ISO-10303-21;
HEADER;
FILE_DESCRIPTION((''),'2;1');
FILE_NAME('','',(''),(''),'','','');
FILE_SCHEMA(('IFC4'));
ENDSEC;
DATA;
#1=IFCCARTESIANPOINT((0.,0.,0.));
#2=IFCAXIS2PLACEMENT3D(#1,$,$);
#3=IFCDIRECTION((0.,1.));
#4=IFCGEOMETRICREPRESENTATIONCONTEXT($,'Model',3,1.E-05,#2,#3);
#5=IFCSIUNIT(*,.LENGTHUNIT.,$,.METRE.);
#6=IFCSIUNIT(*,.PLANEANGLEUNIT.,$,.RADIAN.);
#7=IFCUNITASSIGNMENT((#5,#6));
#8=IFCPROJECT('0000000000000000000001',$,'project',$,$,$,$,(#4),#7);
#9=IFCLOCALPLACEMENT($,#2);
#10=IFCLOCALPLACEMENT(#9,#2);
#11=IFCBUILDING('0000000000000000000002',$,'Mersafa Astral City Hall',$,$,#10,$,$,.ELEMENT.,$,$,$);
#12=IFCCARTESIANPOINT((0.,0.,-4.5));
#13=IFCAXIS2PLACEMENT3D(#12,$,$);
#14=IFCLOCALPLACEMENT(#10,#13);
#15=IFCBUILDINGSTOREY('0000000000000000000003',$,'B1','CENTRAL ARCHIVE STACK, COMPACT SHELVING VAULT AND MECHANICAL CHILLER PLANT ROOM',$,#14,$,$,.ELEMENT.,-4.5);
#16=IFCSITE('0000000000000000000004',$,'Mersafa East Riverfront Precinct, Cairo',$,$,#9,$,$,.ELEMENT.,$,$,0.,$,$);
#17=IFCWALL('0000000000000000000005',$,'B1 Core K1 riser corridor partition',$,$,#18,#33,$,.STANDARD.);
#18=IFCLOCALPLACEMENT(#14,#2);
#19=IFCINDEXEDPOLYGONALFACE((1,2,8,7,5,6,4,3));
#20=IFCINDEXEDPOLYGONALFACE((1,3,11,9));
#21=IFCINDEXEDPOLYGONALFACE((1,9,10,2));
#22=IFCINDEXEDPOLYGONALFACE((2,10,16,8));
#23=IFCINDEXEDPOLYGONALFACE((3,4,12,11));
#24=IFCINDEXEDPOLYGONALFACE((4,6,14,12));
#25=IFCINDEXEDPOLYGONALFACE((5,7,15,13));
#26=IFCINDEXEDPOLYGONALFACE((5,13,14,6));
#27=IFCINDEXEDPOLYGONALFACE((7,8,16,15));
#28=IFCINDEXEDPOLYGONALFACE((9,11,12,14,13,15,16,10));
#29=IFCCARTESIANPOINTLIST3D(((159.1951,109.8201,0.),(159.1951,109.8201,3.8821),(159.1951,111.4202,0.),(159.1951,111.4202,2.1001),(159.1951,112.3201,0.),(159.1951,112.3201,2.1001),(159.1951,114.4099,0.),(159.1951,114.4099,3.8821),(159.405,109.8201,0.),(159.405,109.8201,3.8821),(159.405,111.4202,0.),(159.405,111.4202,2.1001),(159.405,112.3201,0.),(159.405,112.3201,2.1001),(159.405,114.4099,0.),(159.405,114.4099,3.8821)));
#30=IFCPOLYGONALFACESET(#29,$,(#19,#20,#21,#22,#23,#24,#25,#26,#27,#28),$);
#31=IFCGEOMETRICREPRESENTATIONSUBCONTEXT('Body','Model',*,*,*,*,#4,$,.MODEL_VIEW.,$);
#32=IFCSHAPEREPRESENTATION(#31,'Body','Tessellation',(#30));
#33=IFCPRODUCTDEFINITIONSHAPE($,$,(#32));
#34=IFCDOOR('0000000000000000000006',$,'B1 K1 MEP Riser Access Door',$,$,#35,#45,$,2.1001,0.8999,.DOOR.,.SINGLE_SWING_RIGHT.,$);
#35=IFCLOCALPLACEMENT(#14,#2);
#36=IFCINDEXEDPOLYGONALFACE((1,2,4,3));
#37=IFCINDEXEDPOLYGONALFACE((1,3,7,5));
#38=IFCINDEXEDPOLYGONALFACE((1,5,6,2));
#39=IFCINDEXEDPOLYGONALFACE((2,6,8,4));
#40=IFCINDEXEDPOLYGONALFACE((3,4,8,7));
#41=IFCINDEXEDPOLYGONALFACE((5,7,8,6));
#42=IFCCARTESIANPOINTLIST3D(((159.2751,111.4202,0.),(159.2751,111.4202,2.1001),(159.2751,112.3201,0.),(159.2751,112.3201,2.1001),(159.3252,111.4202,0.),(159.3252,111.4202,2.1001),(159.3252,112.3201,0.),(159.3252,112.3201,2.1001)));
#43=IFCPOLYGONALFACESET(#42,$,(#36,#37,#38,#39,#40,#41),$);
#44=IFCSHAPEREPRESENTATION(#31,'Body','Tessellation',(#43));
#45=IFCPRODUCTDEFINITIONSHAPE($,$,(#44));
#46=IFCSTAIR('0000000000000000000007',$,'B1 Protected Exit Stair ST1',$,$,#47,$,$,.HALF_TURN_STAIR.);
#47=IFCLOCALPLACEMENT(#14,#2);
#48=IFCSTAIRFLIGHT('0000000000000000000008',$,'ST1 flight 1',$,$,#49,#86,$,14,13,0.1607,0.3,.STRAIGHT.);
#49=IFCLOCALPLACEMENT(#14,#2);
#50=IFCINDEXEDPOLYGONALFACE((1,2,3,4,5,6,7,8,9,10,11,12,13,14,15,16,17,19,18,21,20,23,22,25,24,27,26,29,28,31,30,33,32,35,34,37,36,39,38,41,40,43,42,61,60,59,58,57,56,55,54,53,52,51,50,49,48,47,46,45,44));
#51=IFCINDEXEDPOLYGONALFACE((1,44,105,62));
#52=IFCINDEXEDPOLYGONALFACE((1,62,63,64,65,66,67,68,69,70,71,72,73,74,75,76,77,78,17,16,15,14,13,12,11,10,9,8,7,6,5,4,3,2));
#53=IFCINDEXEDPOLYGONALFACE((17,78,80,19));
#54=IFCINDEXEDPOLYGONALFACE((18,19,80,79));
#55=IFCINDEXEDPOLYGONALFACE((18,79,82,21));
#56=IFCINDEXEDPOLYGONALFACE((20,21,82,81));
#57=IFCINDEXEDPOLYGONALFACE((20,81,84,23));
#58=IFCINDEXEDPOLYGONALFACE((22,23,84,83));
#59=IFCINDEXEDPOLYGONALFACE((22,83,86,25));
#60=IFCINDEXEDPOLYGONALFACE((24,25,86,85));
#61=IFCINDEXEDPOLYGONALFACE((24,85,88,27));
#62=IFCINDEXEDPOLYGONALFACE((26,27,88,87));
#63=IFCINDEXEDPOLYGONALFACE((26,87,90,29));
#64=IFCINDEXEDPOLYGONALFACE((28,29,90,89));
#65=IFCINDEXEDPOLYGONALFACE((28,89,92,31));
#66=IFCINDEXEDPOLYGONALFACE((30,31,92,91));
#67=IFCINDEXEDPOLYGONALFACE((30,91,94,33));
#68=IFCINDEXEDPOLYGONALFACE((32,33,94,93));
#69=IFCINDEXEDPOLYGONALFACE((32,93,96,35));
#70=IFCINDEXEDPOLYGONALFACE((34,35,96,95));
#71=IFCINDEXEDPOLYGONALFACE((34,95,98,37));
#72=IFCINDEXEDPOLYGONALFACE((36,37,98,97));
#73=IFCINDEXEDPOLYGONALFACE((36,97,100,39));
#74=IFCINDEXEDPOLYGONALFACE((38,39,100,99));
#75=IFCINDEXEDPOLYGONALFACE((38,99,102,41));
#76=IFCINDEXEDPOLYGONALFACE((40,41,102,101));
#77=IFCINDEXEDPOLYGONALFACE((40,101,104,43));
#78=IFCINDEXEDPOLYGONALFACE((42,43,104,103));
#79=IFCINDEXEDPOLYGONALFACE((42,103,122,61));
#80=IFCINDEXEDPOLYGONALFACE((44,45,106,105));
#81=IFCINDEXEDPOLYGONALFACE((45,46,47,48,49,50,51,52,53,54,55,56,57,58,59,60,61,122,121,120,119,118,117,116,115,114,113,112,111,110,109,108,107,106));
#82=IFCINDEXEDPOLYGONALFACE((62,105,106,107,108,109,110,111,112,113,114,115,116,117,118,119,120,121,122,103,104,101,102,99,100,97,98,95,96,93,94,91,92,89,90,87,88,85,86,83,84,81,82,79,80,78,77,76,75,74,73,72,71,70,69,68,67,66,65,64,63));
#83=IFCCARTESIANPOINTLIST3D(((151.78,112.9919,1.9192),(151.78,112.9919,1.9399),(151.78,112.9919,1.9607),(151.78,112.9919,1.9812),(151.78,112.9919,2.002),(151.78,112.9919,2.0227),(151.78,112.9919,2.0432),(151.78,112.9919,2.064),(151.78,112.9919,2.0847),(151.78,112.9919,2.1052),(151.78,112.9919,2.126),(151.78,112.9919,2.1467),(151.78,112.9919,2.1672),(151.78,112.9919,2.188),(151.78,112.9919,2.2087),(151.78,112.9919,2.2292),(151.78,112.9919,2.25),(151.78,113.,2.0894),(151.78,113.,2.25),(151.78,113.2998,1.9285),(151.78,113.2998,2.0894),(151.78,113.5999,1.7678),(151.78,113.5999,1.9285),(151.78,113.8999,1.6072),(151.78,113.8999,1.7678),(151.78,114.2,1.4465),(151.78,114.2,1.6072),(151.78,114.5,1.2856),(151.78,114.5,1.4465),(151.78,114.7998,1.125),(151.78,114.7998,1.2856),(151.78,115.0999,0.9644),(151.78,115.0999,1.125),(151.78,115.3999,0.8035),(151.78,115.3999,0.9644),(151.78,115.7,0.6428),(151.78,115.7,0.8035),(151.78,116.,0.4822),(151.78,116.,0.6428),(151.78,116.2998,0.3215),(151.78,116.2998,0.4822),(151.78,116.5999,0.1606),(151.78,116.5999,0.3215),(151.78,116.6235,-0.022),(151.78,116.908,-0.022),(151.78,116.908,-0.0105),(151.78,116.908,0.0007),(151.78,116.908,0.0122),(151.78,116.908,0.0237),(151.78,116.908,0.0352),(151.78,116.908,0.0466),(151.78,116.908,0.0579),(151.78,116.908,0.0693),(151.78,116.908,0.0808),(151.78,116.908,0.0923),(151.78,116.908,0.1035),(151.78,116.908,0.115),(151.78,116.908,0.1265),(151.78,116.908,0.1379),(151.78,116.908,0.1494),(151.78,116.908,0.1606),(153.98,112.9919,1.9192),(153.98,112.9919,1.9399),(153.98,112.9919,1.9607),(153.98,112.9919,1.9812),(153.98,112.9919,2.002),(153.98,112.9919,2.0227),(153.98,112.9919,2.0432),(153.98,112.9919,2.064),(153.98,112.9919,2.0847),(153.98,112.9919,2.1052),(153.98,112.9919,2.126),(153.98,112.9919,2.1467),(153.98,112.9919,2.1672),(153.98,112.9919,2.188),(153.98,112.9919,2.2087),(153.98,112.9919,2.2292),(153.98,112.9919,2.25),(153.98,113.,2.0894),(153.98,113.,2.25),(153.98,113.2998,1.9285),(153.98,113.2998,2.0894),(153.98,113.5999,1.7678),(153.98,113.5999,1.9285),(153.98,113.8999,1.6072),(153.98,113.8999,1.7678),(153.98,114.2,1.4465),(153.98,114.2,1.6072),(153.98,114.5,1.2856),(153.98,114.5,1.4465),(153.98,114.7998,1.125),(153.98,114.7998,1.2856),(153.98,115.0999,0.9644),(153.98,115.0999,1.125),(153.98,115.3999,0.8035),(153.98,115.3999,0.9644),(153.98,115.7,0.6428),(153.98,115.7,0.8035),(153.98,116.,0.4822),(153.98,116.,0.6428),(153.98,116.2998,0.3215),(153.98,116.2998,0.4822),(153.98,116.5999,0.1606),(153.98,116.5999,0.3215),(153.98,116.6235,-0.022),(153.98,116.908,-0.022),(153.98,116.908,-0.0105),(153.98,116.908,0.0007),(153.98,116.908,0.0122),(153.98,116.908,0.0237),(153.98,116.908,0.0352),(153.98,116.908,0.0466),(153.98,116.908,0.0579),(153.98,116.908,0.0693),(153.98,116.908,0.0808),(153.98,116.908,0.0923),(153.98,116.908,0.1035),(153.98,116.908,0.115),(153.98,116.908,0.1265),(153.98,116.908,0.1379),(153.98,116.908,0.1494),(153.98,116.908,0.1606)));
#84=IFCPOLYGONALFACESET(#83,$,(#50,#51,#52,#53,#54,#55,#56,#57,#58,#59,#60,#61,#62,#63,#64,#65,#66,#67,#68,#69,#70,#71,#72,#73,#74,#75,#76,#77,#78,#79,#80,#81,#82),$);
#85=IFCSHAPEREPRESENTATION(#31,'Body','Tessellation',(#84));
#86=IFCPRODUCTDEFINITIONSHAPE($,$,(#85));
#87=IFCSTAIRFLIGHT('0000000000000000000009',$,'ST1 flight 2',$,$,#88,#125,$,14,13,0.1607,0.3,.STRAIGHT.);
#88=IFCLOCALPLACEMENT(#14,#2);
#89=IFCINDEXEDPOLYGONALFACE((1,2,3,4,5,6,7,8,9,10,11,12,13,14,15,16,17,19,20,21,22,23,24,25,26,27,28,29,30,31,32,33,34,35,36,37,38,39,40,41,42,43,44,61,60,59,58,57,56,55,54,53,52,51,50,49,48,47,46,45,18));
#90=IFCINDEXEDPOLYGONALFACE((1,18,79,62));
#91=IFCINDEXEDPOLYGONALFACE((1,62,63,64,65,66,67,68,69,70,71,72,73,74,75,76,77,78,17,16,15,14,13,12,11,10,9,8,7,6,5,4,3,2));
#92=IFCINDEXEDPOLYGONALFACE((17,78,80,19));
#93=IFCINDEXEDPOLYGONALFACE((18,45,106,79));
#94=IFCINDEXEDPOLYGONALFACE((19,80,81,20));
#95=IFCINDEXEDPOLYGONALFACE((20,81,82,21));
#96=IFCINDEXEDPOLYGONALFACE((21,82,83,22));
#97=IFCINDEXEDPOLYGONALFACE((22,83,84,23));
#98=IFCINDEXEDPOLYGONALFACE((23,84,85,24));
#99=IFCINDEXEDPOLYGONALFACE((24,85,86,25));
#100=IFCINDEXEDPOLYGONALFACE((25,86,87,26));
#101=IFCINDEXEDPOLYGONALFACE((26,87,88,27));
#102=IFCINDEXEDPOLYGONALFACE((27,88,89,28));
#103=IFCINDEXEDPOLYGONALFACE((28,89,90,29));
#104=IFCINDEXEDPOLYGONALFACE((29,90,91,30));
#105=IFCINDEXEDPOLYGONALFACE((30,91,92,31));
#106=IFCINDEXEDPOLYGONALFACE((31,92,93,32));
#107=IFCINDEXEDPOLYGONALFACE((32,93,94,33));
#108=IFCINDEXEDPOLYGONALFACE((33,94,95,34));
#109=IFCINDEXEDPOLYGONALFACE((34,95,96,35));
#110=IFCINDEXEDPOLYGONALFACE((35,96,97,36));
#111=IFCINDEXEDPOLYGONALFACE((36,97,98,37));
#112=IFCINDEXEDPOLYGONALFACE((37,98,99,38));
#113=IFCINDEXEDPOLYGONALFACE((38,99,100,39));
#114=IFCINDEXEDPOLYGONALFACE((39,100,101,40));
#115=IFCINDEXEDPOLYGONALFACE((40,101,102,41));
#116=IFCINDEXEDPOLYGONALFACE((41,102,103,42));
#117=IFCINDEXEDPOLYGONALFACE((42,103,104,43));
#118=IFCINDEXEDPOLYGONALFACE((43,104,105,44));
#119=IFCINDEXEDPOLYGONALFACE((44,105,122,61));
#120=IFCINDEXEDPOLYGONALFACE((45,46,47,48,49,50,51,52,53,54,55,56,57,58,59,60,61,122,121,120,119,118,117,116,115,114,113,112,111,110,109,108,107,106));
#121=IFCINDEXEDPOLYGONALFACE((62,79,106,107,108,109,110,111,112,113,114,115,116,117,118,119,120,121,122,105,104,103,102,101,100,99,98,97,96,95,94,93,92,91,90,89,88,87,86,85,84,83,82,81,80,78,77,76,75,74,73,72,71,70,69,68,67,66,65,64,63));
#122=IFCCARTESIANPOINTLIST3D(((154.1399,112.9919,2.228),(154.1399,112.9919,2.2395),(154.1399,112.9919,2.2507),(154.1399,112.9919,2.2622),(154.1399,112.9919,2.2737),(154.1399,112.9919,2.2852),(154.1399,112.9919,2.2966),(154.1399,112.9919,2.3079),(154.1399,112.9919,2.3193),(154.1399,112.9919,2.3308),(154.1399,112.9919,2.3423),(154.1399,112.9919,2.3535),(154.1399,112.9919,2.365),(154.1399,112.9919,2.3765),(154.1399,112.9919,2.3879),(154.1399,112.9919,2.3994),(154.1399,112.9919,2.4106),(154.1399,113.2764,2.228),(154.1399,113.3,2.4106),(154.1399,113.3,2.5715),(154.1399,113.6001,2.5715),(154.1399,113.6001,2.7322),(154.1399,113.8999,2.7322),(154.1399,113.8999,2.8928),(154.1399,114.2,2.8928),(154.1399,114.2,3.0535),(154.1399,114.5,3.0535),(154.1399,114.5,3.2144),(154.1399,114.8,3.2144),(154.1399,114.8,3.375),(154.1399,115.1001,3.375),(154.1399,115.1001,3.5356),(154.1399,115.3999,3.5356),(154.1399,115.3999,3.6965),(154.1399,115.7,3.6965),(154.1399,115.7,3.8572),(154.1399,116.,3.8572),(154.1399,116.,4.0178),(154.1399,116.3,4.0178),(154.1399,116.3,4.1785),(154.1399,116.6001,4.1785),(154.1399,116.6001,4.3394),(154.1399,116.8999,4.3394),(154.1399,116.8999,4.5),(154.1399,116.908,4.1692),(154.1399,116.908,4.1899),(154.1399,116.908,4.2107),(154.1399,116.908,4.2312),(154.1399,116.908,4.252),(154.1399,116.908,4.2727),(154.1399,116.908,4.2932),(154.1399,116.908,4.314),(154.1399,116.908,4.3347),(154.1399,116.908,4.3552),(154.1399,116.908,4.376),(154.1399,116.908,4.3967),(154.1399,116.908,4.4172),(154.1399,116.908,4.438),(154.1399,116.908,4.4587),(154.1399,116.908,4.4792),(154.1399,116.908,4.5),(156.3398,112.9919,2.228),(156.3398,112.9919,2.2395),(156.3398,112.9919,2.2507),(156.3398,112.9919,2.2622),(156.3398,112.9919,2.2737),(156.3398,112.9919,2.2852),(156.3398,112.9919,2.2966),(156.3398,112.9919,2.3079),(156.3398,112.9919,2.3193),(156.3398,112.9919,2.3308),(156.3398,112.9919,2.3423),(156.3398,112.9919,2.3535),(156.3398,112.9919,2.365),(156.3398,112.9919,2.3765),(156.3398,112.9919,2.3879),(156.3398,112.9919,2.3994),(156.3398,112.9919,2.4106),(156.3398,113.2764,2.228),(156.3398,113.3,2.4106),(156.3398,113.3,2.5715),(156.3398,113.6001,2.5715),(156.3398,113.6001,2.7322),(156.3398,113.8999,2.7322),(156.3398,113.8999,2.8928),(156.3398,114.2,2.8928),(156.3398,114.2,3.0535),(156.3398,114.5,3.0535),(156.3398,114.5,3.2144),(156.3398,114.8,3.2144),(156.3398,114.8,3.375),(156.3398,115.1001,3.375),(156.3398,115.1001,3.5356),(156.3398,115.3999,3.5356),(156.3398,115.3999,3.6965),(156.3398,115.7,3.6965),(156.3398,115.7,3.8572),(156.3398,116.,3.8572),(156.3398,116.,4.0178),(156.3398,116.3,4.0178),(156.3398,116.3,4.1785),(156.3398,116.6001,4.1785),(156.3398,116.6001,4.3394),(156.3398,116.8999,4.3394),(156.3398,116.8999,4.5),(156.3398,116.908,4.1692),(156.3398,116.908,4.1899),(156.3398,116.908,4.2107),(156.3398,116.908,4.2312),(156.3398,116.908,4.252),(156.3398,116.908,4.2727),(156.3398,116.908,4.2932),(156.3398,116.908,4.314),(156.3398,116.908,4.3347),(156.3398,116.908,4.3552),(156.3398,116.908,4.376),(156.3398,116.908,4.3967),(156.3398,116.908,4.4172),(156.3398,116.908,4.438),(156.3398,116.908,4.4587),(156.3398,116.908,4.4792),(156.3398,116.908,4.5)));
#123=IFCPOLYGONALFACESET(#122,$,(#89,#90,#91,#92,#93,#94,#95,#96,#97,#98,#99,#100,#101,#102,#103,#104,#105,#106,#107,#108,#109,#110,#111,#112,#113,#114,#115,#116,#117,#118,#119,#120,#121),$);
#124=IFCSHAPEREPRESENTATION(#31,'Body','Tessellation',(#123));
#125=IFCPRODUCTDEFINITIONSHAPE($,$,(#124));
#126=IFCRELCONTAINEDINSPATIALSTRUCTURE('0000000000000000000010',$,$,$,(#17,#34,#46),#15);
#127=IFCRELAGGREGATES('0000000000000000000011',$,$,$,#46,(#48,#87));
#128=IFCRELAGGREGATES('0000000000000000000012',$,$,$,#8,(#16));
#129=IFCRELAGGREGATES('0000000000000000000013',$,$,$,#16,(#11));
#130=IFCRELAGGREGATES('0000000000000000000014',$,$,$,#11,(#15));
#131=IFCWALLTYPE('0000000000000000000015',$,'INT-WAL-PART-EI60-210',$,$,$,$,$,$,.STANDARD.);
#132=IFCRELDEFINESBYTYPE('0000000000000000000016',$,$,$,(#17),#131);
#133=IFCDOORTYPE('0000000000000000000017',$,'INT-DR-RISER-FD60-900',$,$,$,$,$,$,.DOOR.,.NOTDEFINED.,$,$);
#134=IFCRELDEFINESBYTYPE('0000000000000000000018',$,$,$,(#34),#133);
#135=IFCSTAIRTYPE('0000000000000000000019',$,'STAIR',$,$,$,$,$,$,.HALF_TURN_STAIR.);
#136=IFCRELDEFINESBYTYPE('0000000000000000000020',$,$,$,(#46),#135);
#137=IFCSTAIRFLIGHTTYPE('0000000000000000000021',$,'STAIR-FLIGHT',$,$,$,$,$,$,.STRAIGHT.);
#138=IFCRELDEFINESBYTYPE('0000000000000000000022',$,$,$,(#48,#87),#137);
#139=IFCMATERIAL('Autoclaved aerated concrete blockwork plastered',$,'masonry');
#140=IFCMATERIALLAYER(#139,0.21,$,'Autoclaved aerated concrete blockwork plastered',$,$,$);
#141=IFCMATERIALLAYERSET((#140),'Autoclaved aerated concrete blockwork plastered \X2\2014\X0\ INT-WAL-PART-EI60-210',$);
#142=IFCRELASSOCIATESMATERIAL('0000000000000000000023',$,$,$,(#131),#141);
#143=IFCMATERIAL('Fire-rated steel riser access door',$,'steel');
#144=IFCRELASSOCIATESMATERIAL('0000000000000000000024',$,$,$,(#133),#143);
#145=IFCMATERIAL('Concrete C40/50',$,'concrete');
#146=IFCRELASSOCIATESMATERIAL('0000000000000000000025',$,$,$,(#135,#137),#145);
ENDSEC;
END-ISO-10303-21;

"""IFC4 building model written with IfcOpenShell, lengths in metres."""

from ifc_helpers import new_model, si_unit, direction, frame, frame_2d, origin, place, context, subcontext, project, spatial, polyline, rectangle, outline, extrude, material, layer, layer_set, type_object, element, fill, aggregate, save


model = new_model("IFC4")

# Units and contexts
model_context = context("Model", 3, precision=1e-05, world=origin(), true_north=direction((0.0, 1.0)))
body_context = subcontext(model_context, "Body", "Model", "MODEL_VIEW")
ifc_project = project(units=[si_unit("LENGTHUNIT", "METRE"), si_unit("PLANEANGLEUNIT", "RADIAN")], contexts=[model_context])

# Site, building, storey
site_placement = place(None, origin())
site = spatial("IfcSite", under=ifc_project, at=site_placement, Name="Mersafa East Riverfront Precinct, Cairo", CompositionType="ELEMENT", RefElevation=0.0)
building_placement = place(site_placement, origin())
building = spatial("IfcBuilding", under=site, at=building_placement, Name="Mersafa Astral City Hall", CompositionType="ELEMENT")
storey_placement = place(building_placement, frame((0.0, 0.0, -4.5)))
storey = spatial("IfcBuildingStorey", under=building, at=storey_placement, Name="B1", Description="CENTRAL ARCHIVE STACK, COMPACT SHELVING VAULT AND MECHANICAL CHILLER PLANT ROOM", CompositionType="ELEMENT", Elevation=-4.5)

# Shared definitions
ifc_material_1 = material(Name="Concrete C40/50", Category="concrete")

# Wall, opening, door
ifc_material_2 = material(Name="Autoclaved aerated concrete blockwork plastered", Category="masonry")
ifc_layer_1 = layer(ifc_material_2, 0.21, Name="Autoclaved aerated concrete blockwork plastered")
ifc_layer_set_1 = layer_set([ifc_layer_1], Name="Autoclaved aerated concrete blockwork plastered — INT-WAL-PART-EI60-210")
wall_type_1 = type_object("IfcWallType", Name="INT-WAL-PART-EI60-210", PredefinedType="STANDARD", material=ifc_layer_set_1)
wall_1_placement = place(storey_placement, frame((159.3, 109.8201, 0.0), z_axis=(0.0, 0.0, 1.0), x_axis=(0.0, 1.0, 0.0)))
wall_1 = element("IfcWall", 1, at=wall_1_placement, inside=storey, type_object=wall_type_1, Name="B1 Core K1 riser corridor partition", PredefinedType="STANDARD", context=body_context, shape_type="SweptSolid", body=[
    extrude(rectangle(XDim=4.5898, YDim=0.21, at=frame_2d((2.2949, 0.0))), origin(), (0.0, 0.0, 1.0), 3.8821),
])
opening_1_placement = place(wall_1_placement, frame((1.6001, 0.0, 0.0)))
opening_1 = element("IfcOpeningElement", 2, at=opening_1_placement, cuts=wall_1, PredefinedType="OPENING", context=body_context, shape_type="SweptSolid", body=[
    extrude(rectangle(XDim=0.8999, YDim=2.1001, at=frame_2d((0.45, 1.05))), frame((0.0, 0.115, 0.0), z_axis=(0.0, -1.0, 0.0), x_axis=(1.0, 0.0, 0.0)), (0.0, 0.0, 1.0), 0.23),
])
ifc_material_3 = material(Name="Fire-rated steel riser access door", Category="steel")
door_type_1 = type_object("IfcDoorType", Name="INT-DR-RISER-FD60-900", OperationType="NOTDEFINED", PredefinedType="DOOR", material=ifc_material_3)
door_1_placement = place(opening_1_placement, origin())
door_1 = element("IfcDoor", 3, at=door_1_placement, inside=storey, type_object=door_type_1, Name="B1 K1 MEP Riser Access Door", OperationType="SINGLE_SWING_RIGHT", OverallHeight=2.1001, OverallWidth=0.8999, PredefinedType="DOOR", context=body_context, shape_type="SweptSolid", body=[
    extrude(rectangle(XDim=0.8999, YDim=2.1001, at=frame_2d((0.45, 1.05))), frame((0.0, 0.0249, 0.0), z_axis=(0.0, -1.0, 0.0), x_axis=(1.0, 0.0, 0.0)), (0.0, 0.0, 1.0), 0.05),
])
fill(opening_1, door_1)

# Stair, stair flights
stair_type = type_object("IfcStairType", Name="STAIR", PredefinedType="HALF_TURN_STAIR", material=ifc_material_1)
stair_placement = place(storey_placement, origin())
stair = element("IfcStair", 4, at=stair_placement, inside=storey, type_object=stair_type, Name="B1 Protected Exit Stair ST1", PredefinedType="HALF_TURN_STAIR")
stair_flight_type = type_object("IfcStairFlightType", Name="STAIR-FLIGHT", PredefinedType="STRAIGHT", material=ifc_material_1)
stair_flight_1_placement = place(storey_placement, frame((152.8799, 116.8999, 0.0), z_axis=(0.0, 0.0, 1.0), x_axis=(0.0, -1.0, 0.0)))
stair_flight_1 = element("IfcStairFlight", 5, at=stair_flight_1_placement, type_object=stair_flight_type, Name="ST1 flight 1", NumberOfRisers=14, NumberOfTreads=13, PredefinedType="STRAIGHT", RiserHeight=0.1607, TreadLength=0.3, context=body_context, shape_type="SweptSolid", body=[
    extrude(outline(polyline([(-0.0081, -0.022), (-0.0081, -0.0105), (-0.0081, 0.0007), (-0.0081, 0.0122), (-0.0081, 0.0237), (-0.0081, 0.0352), (-0.0081, 0.0466), (-0.0081, 0.0579), (-0.0081, 0.0693), (-0.0081, 0.0808), (-0.0081, 0.0923), (-0.0081, 0.1035), (-0.0081, 0.115), (-0.0081, 0.1265), (-0.0081, 0.1379), (-0.0081, 0.1494), (-0.0081, 0.1606), (0.3, 0.1606), (0.3, 0.3215), (0.6001, 0.3215), (0.6001, 0.4822), (0.8999, 0.4822), (0.8999, 0.6428), (1.2, 0.6428), (1.2, 0.8035), (1.5, 0.8035), (1.5, 0.9644), (1.8, 0.9644), (1.8, 1.125), (2.1001, 1.125), (2.1001, 1.2856), (2.3999, 1.2856), (2.3999, 1.4465), (2.7, 1.4465), (2.7, 1.6072), (3.0, 1.6072), (3.0, 1.7678), (3.3, 1.7678), (3.3, 1.9285), (3.6001, 1.9285), (3.6001, 2.0894), (3.8999, 2.0894), (3.8999, 2.25), (3.908, 2.25), (3.908, 2.2292), (3.908, 2.2087), (3.908, 2.188), (3.908, 2.1672), (3.908, 2.1467), (3.908, 2.126), (3.908, 2.1052), (3.908, 2.0847), (3.908, 2.064), (3.908, 2.0432), (3.908, 2.0227), (3.908, 2.002), (3.908, 1.9812), (3.908, 1.9607), (3.908, 1.9399), (3.908, 1.9192), (0.2764, -0.022), (-0.0081, -0.022)])), frame((0.0, 1.1001, 0.0), z_axis=(0.0, -1.0, 0.0), x_axis=(1.0, 0.0, 0.0)), (0.0, 0.0, 1.0), 2.2),
])
stair_flight_2_placement = place(storey_placement, frame((155.24, 113.0, 2.25), z_axis=(0.0, 0.0, 1.0), x_axis=(0.0, 1.0, 0.0)))
stair_flight_2 = element("IfcStairFlight", 6, at=stair_flight_2_placement, type_object=stair_flight_type, Name="ST1 flight 2", NumberOfRisers=14, NumberOfTreads=13, PredefinedType="STRAIGHT", RiserHeight=0.1607, TreadLength=0.3, context=body_context, shape_type="SweptSolid", body=[
    extrude(outline(polyline([(-0.0081, -0.022), (-0.0081, -0.0105), (-0.0081, 0.0007), (-0.0081, 0.0122), (-0.0081, 0.0237), (-0.0081, 0.0352), (-0.0081, 0.0466), (-0.0081, 0.0579), (-0.0081, 0.0693), (-0.0081, 0.0808), (-0.0081, 0.0923), (-0.0081, 0.1035), (-0.0081, 0.115), (-0.0081, 0.1265), (-0.0081, 0.1379), (-0.0081, 0.1494), (-0.0081, 0.1606), (0.3, 0.1606), (0.3, 0.3215), (0.6001, 0.3215), (0.6001, 0.4822), (0.8999, 0.4822), (0.8999, 0.6428), (1.2, 0.6428), (1.2, 0.8035), (1.5, 0.8035), (1.5, 0.9644), (1.8, 0.9644), (1.8, 1.125), (2.1001, 1.125), (2.1001, 1.2856), (2.3999, 1.2856), (2.3999, 1.4465), (2.7, 1.4465), (2.7, 1.6072), (3.0, 1.6072), (3.0, 1.7678), (3.3, 1.7678), (3.3, 1.9285), (3.6001, 1.9285), (3.6001, 2.0894), (3.8999, 2.0894), (3.8999, 2.25), (3.908, 2.25), (3.908, 2.2292), (3.908, 2.2087), (3.908, 2.188), (3.908, 2.1672), (3.908, 2.1467), (3.908, 2.126), (3.908, 2.1052), (3.908, 2.0847), (3.908, 2.064), (3.908, 2.0432), (3.908, 2.0227), (3.908, 2.002), (3.908, 1.9812), (3.908, 1.9607), (3.908, 1.9399), (3.908, 1.9192), (0.2764, -0.022), (-0.0081, -0.022)])), frame((0.0, 1.1001, 0.0), z_axis=(0.0, -1.0, 0.0), x_axis=(1.0, 0.0, 0.0)), (0.0, 0.0, 1.0), 2.2),
])
aggregate(stair, [stair_flight_1, stair_flight_2])

save(model, "model.ifc")
